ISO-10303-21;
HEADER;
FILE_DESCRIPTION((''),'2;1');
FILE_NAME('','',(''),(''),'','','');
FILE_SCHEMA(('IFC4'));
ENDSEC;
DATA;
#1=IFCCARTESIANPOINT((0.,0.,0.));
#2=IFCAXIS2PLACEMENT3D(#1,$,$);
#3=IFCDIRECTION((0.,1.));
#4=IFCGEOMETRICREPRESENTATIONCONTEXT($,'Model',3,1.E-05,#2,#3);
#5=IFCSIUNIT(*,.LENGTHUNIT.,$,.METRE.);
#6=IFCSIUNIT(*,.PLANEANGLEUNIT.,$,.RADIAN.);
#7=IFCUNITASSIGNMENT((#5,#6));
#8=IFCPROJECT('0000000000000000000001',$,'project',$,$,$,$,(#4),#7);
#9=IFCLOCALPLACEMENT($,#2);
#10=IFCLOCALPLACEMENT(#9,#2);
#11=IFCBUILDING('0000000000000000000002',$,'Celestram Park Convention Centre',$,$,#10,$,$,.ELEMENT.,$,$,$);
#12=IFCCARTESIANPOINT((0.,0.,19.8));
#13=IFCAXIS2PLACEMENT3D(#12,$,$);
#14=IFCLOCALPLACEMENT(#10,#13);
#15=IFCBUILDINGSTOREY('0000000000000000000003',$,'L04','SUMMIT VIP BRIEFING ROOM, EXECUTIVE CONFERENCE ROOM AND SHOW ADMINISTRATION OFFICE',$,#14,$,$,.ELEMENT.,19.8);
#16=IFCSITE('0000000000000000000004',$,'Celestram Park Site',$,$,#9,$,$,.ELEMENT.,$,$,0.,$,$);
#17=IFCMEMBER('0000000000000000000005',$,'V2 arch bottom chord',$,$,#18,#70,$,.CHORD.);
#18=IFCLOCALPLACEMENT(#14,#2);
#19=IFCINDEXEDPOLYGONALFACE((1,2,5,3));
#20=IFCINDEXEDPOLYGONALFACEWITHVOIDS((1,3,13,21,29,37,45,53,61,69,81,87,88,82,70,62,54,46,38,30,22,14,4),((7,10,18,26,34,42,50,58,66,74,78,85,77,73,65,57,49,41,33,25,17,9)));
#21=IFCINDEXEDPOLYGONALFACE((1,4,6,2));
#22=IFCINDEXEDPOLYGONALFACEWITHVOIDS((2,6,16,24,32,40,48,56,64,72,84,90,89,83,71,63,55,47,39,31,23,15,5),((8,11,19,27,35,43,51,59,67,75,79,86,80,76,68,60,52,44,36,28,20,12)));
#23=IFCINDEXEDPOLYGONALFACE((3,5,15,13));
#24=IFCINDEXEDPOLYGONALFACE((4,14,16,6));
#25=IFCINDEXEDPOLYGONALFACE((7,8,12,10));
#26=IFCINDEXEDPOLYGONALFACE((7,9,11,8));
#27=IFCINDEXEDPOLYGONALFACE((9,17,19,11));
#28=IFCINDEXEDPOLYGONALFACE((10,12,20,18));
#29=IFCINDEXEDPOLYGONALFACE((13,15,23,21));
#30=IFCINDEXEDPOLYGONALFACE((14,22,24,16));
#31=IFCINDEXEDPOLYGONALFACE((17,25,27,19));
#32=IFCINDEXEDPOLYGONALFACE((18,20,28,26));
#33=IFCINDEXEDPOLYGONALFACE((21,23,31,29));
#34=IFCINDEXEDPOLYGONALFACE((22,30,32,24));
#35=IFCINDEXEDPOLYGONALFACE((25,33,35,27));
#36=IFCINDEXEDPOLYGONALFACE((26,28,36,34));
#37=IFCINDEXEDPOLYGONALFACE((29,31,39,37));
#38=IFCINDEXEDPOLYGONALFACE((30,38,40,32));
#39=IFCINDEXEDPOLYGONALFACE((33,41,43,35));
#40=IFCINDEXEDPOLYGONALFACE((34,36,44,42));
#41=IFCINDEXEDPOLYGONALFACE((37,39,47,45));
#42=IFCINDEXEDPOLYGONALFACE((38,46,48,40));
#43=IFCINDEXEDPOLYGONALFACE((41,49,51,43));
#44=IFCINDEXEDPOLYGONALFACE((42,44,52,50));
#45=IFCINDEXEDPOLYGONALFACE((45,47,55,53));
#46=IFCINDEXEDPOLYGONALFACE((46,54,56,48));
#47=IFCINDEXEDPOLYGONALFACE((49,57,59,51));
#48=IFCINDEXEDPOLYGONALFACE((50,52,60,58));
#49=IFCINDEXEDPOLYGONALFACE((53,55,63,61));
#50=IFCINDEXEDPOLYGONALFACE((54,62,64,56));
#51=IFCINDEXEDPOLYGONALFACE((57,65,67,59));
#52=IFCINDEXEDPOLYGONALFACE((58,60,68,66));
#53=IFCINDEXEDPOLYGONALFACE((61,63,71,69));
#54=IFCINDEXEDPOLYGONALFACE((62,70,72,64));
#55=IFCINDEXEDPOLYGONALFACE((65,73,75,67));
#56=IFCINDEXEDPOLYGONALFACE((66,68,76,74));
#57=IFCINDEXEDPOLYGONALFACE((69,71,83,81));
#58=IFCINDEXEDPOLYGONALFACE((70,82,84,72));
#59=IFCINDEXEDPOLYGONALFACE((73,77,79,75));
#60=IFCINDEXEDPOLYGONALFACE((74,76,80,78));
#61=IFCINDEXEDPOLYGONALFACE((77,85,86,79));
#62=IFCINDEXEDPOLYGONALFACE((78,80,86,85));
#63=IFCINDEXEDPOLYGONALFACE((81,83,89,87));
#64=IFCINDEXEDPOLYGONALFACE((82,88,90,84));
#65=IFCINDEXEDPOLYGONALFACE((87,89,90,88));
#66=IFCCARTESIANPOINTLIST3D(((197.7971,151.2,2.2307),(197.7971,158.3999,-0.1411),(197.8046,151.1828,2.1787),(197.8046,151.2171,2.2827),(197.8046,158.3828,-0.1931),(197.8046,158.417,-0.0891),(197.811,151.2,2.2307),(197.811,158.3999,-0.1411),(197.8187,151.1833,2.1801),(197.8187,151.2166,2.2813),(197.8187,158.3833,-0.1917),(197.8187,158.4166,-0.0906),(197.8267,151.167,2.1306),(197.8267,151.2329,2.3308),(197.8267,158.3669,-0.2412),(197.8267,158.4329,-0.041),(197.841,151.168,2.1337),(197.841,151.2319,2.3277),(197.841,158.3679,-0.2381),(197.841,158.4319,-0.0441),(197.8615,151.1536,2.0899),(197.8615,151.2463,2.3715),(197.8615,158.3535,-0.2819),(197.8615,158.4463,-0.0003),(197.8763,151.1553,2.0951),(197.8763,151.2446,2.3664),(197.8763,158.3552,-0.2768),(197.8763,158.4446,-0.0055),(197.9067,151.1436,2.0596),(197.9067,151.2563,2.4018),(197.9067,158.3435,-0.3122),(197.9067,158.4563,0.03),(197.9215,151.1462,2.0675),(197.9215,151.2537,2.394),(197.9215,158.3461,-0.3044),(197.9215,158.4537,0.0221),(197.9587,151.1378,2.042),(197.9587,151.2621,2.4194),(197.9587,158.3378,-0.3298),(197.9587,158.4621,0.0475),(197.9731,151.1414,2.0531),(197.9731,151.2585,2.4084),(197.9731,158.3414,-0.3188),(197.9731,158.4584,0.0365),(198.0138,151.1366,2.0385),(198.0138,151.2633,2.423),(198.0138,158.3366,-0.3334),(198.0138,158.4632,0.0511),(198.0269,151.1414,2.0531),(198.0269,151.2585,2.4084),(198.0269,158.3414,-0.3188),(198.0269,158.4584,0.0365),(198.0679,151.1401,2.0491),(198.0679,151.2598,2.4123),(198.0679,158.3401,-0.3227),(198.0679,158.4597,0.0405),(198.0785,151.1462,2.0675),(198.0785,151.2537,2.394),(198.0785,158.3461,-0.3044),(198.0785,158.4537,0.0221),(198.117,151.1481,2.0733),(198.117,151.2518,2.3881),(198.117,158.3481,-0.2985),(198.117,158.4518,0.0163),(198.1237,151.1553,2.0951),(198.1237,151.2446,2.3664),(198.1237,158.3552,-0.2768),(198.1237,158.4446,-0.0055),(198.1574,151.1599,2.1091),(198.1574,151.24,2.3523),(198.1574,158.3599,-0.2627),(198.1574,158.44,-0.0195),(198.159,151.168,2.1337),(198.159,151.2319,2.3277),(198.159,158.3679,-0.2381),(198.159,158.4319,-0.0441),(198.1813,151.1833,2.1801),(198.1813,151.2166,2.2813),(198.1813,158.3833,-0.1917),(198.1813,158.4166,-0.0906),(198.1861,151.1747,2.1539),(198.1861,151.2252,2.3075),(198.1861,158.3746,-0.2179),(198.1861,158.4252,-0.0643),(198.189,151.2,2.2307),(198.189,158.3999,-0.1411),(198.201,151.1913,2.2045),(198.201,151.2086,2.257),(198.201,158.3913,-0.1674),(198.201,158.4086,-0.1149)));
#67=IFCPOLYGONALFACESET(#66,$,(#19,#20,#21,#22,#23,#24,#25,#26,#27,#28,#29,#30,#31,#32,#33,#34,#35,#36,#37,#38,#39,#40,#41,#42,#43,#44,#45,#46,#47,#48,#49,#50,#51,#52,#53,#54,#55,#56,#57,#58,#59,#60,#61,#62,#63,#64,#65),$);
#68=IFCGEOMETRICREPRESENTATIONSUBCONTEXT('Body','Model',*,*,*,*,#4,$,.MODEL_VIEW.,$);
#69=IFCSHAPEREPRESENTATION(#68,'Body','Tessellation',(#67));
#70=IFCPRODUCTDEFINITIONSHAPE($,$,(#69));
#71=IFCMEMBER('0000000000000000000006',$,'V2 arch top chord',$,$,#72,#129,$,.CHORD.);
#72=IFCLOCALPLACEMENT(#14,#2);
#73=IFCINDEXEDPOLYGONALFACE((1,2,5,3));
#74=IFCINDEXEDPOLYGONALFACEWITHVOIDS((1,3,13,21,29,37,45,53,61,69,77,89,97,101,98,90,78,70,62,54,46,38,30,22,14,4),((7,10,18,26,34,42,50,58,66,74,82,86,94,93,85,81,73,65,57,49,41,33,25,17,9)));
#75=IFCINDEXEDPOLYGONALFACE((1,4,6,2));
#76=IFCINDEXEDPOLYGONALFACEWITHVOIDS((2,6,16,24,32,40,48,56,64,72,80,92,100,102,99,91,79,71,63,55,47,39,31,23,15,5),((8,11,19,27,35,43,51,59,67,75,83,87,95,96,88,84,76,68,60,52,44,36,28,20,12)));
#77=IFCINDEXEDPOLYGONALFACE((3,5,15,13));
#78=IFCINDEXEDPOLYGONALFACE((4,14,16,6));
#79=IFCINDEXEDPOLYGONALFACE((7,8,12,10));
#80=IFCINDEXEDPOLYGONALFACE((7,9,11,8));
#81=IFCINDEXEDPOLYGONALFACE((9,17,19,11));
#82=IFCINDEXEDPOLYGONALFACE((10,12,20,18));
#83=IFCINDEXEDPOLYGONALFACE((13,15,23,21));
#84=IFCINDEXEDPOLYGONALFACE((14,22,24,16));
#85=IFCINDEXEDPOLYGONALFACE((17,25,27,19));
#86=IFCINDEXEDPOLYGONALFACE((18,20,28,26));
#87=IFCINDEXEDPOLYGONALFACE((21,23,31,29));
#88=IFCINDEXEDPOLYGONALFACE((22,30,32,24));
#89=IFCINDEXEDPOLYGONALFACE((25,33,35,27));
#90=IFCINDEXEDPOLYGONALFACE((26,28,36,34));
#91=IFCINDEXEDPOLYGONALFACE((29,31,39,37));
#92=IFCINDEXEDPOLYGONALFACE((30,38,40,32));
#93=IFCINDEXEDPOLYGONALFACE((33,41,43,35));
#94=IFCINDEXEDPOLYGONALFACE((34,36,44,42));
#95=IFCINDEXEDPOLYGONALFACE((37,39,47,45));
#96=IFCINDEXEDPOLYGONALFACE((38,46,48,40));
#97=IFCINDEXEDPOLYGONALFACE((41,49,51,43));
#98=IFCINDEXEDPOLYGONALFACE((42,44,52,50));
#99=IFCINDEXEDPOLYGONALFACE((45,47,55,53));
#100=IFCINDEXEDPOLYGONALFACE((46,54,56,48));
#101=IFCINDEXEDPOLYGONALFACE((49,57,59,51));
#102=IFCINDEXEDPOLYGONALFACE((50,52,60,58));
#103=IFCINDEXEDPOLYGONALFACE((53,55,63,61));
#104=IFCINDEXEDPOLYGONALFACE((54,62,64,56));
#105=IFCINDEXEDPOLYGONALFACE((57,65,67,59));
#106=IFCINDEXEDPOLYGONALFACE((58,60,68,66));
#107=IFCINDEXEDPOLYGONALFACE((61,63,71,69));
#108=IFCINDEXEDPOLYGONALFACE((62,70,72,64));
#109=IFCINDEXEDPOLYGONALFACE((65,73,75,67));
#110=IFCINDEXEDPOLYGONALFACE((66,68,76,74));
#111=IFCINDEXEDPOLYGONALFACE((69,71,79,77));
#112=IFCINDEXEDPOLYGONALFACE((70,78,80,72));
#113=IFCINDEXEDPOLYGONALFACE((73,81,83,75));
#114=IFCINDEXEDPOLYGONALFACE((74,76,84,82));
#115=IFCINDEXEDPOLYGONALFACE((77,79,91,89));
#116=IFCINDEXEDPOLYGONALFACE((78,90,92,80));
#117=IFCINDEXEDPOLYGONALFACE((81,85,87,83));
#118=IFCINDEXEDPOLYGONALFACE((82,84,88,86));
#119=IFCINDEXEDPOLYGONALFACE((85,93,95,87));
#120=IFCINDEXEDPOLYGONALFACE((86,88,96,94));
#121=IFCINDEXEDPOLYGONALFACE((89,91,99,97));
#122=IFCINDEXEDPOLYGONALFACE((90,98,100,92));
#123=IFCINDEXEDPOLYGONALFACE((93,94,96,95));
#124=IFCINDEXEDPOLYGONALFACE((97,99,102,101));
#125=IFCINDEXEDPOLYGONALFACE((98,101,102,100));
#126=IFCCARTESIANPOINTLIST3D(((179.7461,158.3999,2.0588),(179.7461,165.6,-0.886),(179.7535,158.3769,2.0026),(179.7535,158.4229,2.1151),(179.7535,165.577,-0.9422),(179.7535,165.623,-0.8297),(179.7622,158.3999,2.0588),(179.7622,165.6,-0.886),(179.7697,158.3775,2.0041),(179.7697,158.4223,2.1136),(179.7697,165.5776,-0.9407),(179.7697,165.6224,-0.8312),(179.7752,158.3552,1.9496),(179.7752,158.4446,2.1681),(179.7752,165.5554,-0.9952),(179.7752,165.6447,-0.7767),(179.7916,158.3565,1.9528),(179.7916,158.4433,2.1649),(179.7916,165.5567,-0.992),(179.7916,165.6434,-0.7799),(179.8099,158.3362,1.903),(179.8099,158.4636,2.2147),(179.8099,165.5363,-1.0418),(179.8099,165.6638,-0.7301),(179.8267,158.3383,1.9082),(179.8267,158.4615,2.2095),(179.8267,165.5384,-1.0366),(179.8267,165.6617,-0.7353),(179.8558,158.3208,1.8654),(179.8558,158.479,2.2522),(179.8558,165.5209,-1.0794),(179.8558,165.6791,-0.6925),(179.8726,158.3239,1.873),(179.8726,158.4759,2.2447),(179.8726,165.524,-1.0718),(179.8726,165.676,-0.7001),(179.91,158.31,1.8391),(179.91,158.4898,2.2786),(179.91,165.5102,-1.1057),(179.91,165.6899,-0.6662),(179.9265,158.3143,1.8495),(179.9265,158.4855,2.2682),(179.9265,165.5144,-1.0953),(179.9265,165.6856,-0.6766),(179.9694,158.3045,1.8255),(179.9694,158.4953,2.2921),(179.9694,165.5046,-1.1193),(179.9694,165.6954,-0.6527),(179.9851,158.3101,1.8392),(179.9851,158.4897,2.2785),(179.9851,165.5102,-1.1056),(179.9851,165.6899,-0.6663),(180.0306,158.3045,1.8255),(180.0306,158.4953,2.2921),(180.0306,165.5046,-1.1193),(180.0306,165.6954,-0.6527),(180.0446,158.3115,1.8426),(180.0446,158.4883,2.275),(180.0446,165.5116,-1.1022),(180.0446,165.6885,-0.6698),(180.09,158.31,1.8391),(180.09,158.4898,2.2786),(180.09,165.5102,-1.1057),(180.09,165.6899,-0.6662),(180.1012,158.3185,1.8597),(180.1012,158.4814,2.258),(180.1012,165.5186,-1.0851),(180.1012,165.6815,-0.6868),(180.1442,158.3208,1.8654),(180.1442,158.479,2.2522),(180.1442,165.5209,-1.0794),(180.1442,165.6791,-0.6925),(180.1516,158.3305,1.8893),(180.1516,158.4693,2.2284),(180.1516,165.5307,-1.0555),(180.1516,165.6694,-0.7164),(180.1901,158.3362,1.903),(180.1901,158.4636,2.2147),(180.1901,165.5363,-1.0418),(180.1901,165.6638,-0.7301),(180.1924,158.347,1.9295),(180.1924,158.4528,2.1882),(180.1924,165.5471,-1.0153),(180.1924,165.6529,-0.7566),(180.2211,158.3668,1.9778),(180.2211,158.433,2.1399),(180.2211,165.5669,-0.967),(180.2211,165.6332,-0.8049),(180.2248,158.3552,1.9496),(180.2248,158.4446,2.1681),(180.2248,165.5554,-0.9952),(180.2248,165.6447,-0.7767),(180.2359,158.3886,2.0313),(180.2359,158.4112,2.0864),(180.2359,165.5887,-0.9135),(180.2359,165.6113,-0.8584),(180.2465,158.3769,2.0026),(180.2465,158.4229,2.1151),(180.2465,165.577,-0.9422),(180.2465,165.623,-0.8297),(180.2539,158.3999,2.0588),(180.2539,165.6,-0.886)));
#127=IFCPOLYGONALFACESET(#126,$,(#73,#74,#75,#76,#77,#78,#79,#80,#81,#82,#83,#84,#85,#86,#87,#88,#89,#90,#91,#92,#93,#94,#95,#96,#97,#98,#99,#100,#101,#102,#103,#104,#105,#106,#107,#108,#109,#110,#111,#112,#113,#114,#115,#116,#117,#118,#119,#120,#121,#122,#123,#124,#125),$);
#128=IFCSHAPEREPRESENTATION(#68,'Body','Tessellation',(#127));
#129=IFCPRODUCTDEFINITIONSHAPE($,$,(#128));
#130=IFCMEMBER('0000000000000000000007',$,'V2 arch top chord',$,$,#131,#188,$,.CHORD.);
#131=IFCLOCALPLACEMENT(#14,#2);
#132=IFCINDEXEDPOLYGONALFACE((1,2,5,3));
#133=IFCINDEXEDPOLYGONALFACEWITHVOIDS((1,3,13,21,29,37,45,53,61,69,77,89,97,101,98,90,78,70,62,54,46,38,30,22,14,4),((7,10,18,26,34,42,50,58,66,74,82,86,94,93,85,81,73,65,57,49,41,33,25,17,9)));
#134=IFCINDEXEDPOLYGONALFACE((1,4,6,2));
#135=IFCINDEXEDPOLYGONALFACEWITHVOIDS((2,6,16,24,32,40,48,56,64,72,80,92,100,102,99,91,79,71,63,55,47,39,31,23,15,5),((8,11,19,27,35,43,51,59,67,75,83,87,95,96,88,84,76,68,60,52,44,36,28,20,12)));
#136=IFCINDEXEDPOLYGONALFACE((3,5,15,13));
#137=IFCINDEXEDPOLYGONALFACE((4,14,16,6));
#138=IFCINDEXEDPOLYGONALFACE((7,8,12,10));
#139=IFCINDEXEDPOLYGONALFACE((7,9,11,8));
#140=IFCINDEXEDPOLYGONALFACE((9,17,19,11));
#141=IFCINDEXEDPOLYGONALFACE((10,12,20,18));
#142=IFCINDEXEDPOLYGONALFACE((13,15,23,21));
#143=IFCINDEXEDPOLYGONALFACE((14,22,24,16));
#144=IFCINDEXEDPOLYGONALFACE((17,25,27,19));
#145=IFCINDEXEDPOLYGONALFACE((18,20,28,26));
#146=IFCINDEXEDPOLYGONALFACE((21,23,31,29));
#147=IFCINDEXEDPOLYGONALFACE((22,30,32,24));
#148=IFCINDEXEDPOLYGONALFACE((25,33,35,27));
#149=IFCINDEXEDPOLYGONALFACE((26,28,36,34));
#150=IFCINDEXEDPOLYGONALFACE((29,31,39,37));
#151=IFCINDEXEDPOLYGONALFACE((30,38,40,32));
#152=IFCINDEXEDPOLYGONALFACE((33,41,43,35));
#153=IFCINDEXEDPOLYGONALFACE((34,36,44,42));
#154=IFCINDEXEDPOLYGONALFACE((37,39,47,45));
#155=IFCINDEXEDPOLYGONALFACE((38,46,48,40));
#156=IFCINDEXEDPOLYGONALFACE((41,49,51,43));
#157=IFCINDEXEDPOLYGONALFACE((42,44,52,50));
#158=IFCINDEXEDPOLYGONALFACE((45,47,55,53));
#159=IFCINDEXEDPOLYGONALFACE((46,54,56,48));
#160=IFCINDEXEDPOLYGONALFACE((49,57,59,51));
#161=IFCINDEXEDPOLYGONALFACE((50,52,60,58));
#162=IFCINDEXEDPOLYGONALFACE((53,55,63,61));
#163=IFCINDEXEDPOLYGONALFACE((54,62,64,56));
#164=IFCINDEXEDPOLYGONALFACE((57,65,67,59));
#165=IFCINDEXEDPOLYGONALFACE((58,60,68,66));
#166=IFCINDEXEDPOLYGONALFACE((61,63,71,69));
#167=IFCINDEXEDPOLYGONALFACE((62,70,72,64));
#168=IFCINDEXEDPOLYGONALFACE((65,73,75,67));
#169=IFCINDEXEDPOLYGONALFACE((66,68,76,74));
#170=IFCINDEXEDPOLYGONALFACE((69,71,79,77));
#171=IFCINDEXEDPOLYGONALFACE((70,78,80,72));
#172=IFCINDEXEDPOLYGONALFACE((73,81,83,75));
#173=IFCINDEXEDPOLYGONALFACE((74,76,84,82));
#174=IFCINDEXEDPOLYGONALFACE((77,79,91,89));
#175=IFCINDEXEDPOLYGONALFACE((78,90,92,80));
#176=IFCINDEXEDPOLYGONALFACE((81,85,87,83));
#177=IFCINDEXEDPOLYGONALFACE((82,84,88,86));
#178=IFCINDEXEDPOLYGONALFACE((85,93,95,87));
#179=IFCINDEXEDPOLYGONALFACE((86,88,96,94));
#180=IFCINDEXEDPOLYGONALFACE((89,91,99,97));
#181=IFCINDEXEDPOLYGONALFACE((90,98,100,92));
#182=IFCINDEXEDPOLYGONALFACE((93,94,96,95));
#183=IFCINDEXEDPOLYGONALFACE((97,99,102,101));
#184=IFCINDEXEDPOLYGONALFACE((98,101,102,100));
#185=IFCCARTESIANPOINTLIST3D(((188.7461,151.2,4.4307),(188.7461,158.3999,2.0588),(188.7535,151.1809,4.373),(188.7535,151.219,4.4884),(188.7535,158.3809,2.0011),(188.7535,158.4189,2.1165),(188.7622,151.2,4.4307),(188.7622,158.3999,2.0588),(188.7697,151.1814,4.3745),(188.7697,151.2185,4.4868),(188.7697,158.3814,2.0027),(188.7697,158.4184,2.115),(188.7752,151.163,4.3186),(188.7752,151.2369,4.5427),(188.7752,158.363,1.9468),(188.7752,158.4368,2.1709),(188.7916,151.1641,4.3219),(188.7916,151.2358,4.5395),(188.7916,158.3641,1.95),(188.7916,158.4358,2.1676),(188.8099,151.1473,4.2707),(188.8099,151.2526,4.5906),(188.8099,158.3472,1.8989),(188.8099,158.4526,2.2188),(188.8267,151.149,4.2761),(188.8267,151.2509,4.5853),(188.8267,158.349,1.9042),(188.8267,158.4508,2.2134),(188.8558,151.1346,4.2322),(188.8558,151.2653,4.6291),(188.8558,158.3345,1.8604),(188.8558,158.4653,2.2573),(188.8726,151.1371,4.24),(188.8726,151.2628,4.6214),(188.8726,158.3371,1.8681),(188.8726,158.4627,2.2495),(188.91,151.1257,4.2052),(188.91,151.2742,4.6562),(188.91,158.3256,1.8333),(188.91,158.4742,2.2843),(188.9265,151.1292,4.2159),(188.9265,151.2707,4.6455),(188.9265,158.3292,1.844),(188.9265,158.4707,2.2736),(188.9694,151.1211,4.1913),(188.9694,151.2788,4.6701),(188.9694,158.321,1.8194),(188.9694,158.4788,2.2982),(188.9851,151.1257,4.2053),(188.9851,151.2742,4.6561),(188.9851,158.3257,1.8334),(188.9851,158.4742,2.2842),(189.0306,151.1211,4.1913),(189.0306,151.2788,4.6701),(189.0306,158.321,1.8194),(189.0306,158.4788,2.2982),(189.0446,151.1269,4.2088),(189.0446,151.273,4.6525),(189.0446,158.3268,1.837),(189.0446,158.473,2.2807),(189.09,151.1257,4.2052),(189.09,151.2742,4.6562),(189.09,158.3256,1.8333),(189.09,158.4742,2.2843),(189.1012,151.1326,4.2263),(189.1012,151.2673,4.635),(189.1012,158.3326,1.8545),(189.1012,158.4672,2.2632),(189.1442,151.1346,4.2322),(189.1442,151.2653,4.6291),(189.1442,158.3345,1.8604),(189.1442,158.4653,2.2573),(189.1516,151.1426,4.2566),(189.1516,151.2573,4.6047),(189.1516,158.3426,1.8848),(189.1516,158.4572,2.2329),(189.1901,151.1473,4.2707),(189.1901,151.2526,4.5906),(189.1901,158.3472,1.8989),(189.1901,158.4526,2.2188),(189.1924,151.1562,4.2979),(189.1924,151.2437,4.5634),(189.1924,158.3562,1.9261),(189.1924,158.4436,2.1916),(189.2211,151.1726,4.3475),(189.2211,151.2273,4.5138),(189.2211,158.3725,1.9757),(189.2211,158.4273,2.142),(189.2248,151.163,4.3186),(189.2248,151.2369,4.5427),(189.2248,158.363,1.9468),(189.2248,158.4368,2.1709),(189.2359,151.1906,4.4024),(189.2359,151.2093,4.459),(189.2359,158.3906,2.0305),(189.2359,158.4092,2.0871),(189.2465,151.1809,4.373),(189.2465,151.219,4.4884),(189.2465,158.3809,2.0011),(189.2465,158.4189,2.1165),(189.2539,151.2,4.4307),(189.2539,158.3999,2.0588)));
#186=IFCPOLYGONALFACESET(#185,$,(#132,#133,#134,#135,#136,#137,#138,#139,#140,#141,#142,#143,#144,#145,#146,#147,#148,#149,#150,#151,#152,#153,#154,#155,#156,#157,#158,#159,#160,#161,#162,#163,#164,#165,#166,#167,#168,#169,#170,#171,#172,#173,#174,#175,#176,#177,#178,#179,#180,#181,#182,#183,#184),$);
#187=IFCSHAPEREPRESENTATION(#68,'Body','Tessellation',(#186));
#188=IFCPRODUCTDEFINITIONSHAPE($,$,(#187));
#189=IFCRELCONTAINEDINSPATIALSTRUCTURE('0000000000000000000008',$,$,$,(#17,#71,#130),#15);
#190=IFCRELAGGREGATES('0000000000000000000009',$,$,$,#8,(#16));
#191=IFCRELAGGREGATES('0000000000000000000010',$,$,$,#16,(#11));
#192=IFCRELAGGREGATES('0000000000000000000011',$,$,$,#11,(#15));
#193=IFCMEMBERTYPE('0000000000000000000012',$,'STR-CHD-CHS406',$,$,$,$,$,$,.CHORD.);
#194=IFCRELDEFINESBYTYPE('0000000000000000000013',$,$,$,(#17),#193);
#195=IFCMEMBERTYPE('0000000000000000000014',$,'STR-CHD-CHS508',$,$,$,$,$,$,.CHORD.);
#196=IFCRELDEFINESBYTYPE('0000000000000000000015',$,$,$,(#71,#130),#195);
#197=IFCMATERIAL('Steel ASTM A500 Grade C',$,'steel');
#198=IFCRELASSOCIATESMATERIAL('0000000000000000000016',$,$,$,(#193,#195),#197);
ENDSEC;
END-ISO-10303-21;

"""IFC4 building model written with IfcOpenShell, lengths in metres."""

from ifc_helpers import new_model, si_unit, direction, frame, origin, origin_2d, place, context, subcontext, project, spatial, hollow_circle, extrude, material, material_profile, profile_set, type_object, element, save


model = new_model("IFC4")

# Units and contexts
model_context = context("Model", 3, precision=1e-05, world=origin(), true_north=direction((0.0, 1.0)))
body_context = subcontext(model_context, "Body", "Model", "MODEL_VIEW")
ifc_project = project(units=[si_unit("LENGTHUNIT", "METRE"), si_unit("PLANEANGLEUNIT", "RADIAN")], contexts=[model_context])

# Site, building, storey
site_placement = place(None, origin())
site = spatial("IfcSite", under=ifc_project, at=site_placement, Name="Celestram Park Site", CompositionType="ELEMENT", RefElevation=0.0)
building_placement = place(site_placement, origin())
building = spatial("IfcBuilding", under=site, at=building_placement, Name="Celestram Park Convention Centre", CompositionType="ELEMENT")
storey_placement = place(building_placement, frame((0.0, 0.0, 19.8)))
storey = spatial("IfcBuildingStorey", under=building, at=storey_placement, Name="L04", Description="SUMMIT VIP BRIEFING ROOM, EXECUTIVE CONFERENCE ROOM AND SHOW ADMINISTRATION OFFICE", CompositionType="ELEMENT", Elevation=19.8)

# Members
ifc_material_1 = material(Name="Steel ASTM A500 Grade C", Category="steel")
ifc_material_profile_1 = material_profile(ifc_material_1, hollow_circle(Radius=0.2029, WallThickness=0.0139, at=origin_2d()), Name="CHS406X14")
ifc_profile_set_1 = profile_set([ifc_material_profile_1], Name="Steel ASTM A500 Grade C")
member_type_1 = type_object("IfcMemberType", Name="STR-CHD-CHS406", PredefinedType="CHORD", material=ifc_profile_set_1)
for number, where, z_axis, x_axis, name in (
    (1, (198.0, 151.2, 2.2307), (0.0, 0.949792, -0.312883), (-1.0, 0.0, 0.0), "V2 arch bottom chord"),
):
    element("IfcMember", number, at=place(storey_placement, frame(where, z_axis=z_axis, x_axis=x_axis)), inside=storey, type_object=member_type_1, Name=name, PredefinedType="CHORD", context=body_context, shape_type="SweptSolid", body=[
        extrude(hollow_circle(Radius=0.2029, WallThickness=0.0139, at=origin_2d()), origin(), (0.0, 0.0, 1.0), 7.5806),
    ])
ifc_material_profile_2 = material_profile(ifc_material_1, hollow_circle(Radius=0.2539, WallThickness=0.0161, at=origin_2d()), Name="CHS508X16")
ifc_profile_set_2 = profile_set([ifc_material_profile_2], Name="Steel ASTM A500 Grade C")
member_type_2 = type_object("IfcMemberType", Name="STR-CHD-CHS508", PredefinedType="CHORD", material=ifc_profile_set_2)
member_1_placement = place(storey_placement, frame((180.0, 158.3999, 2.0588), z_axis=(0.0, 0.925579, -0.378555), x_axis=(-1.0, 0.0, 0.0)))
element("IfcMember", 2, at=member_1_placement, inside=storey, type_object=member_type_2, Name="V2 arch top chord", PredefinedType="CHORD", context=body_context, shape_type="SweptSolid", body=[
    extrude(hollow_circle(Radius=0.2539, WallThickness=0.0161, at=origin_2d()), origin(), (0.0, 0.0, 1.0), 7.7791),
])
member_2_placement = place(storey_placement, frame((189.0, 151.2, 4.4307), z_axis=(0.0, 0.949792, -0.312883), x_axis=(-1.0, 0.0, 0.0)))
element("IfcMember", 3, at=member_2_placement, inside=storey, type_object=member_type_2, Name="V2 arch top chord", PredefinedType="CHORD", context=body_context, shape_type="SweptSolid", body=[
    extrude(hollow_circle(Radius=0.2539, WallThickness=0.0161, at=origin_2d()), origin(), (0.0, 0.0, 1.0), 7.5806),
])

save(model, "model.ifc")
